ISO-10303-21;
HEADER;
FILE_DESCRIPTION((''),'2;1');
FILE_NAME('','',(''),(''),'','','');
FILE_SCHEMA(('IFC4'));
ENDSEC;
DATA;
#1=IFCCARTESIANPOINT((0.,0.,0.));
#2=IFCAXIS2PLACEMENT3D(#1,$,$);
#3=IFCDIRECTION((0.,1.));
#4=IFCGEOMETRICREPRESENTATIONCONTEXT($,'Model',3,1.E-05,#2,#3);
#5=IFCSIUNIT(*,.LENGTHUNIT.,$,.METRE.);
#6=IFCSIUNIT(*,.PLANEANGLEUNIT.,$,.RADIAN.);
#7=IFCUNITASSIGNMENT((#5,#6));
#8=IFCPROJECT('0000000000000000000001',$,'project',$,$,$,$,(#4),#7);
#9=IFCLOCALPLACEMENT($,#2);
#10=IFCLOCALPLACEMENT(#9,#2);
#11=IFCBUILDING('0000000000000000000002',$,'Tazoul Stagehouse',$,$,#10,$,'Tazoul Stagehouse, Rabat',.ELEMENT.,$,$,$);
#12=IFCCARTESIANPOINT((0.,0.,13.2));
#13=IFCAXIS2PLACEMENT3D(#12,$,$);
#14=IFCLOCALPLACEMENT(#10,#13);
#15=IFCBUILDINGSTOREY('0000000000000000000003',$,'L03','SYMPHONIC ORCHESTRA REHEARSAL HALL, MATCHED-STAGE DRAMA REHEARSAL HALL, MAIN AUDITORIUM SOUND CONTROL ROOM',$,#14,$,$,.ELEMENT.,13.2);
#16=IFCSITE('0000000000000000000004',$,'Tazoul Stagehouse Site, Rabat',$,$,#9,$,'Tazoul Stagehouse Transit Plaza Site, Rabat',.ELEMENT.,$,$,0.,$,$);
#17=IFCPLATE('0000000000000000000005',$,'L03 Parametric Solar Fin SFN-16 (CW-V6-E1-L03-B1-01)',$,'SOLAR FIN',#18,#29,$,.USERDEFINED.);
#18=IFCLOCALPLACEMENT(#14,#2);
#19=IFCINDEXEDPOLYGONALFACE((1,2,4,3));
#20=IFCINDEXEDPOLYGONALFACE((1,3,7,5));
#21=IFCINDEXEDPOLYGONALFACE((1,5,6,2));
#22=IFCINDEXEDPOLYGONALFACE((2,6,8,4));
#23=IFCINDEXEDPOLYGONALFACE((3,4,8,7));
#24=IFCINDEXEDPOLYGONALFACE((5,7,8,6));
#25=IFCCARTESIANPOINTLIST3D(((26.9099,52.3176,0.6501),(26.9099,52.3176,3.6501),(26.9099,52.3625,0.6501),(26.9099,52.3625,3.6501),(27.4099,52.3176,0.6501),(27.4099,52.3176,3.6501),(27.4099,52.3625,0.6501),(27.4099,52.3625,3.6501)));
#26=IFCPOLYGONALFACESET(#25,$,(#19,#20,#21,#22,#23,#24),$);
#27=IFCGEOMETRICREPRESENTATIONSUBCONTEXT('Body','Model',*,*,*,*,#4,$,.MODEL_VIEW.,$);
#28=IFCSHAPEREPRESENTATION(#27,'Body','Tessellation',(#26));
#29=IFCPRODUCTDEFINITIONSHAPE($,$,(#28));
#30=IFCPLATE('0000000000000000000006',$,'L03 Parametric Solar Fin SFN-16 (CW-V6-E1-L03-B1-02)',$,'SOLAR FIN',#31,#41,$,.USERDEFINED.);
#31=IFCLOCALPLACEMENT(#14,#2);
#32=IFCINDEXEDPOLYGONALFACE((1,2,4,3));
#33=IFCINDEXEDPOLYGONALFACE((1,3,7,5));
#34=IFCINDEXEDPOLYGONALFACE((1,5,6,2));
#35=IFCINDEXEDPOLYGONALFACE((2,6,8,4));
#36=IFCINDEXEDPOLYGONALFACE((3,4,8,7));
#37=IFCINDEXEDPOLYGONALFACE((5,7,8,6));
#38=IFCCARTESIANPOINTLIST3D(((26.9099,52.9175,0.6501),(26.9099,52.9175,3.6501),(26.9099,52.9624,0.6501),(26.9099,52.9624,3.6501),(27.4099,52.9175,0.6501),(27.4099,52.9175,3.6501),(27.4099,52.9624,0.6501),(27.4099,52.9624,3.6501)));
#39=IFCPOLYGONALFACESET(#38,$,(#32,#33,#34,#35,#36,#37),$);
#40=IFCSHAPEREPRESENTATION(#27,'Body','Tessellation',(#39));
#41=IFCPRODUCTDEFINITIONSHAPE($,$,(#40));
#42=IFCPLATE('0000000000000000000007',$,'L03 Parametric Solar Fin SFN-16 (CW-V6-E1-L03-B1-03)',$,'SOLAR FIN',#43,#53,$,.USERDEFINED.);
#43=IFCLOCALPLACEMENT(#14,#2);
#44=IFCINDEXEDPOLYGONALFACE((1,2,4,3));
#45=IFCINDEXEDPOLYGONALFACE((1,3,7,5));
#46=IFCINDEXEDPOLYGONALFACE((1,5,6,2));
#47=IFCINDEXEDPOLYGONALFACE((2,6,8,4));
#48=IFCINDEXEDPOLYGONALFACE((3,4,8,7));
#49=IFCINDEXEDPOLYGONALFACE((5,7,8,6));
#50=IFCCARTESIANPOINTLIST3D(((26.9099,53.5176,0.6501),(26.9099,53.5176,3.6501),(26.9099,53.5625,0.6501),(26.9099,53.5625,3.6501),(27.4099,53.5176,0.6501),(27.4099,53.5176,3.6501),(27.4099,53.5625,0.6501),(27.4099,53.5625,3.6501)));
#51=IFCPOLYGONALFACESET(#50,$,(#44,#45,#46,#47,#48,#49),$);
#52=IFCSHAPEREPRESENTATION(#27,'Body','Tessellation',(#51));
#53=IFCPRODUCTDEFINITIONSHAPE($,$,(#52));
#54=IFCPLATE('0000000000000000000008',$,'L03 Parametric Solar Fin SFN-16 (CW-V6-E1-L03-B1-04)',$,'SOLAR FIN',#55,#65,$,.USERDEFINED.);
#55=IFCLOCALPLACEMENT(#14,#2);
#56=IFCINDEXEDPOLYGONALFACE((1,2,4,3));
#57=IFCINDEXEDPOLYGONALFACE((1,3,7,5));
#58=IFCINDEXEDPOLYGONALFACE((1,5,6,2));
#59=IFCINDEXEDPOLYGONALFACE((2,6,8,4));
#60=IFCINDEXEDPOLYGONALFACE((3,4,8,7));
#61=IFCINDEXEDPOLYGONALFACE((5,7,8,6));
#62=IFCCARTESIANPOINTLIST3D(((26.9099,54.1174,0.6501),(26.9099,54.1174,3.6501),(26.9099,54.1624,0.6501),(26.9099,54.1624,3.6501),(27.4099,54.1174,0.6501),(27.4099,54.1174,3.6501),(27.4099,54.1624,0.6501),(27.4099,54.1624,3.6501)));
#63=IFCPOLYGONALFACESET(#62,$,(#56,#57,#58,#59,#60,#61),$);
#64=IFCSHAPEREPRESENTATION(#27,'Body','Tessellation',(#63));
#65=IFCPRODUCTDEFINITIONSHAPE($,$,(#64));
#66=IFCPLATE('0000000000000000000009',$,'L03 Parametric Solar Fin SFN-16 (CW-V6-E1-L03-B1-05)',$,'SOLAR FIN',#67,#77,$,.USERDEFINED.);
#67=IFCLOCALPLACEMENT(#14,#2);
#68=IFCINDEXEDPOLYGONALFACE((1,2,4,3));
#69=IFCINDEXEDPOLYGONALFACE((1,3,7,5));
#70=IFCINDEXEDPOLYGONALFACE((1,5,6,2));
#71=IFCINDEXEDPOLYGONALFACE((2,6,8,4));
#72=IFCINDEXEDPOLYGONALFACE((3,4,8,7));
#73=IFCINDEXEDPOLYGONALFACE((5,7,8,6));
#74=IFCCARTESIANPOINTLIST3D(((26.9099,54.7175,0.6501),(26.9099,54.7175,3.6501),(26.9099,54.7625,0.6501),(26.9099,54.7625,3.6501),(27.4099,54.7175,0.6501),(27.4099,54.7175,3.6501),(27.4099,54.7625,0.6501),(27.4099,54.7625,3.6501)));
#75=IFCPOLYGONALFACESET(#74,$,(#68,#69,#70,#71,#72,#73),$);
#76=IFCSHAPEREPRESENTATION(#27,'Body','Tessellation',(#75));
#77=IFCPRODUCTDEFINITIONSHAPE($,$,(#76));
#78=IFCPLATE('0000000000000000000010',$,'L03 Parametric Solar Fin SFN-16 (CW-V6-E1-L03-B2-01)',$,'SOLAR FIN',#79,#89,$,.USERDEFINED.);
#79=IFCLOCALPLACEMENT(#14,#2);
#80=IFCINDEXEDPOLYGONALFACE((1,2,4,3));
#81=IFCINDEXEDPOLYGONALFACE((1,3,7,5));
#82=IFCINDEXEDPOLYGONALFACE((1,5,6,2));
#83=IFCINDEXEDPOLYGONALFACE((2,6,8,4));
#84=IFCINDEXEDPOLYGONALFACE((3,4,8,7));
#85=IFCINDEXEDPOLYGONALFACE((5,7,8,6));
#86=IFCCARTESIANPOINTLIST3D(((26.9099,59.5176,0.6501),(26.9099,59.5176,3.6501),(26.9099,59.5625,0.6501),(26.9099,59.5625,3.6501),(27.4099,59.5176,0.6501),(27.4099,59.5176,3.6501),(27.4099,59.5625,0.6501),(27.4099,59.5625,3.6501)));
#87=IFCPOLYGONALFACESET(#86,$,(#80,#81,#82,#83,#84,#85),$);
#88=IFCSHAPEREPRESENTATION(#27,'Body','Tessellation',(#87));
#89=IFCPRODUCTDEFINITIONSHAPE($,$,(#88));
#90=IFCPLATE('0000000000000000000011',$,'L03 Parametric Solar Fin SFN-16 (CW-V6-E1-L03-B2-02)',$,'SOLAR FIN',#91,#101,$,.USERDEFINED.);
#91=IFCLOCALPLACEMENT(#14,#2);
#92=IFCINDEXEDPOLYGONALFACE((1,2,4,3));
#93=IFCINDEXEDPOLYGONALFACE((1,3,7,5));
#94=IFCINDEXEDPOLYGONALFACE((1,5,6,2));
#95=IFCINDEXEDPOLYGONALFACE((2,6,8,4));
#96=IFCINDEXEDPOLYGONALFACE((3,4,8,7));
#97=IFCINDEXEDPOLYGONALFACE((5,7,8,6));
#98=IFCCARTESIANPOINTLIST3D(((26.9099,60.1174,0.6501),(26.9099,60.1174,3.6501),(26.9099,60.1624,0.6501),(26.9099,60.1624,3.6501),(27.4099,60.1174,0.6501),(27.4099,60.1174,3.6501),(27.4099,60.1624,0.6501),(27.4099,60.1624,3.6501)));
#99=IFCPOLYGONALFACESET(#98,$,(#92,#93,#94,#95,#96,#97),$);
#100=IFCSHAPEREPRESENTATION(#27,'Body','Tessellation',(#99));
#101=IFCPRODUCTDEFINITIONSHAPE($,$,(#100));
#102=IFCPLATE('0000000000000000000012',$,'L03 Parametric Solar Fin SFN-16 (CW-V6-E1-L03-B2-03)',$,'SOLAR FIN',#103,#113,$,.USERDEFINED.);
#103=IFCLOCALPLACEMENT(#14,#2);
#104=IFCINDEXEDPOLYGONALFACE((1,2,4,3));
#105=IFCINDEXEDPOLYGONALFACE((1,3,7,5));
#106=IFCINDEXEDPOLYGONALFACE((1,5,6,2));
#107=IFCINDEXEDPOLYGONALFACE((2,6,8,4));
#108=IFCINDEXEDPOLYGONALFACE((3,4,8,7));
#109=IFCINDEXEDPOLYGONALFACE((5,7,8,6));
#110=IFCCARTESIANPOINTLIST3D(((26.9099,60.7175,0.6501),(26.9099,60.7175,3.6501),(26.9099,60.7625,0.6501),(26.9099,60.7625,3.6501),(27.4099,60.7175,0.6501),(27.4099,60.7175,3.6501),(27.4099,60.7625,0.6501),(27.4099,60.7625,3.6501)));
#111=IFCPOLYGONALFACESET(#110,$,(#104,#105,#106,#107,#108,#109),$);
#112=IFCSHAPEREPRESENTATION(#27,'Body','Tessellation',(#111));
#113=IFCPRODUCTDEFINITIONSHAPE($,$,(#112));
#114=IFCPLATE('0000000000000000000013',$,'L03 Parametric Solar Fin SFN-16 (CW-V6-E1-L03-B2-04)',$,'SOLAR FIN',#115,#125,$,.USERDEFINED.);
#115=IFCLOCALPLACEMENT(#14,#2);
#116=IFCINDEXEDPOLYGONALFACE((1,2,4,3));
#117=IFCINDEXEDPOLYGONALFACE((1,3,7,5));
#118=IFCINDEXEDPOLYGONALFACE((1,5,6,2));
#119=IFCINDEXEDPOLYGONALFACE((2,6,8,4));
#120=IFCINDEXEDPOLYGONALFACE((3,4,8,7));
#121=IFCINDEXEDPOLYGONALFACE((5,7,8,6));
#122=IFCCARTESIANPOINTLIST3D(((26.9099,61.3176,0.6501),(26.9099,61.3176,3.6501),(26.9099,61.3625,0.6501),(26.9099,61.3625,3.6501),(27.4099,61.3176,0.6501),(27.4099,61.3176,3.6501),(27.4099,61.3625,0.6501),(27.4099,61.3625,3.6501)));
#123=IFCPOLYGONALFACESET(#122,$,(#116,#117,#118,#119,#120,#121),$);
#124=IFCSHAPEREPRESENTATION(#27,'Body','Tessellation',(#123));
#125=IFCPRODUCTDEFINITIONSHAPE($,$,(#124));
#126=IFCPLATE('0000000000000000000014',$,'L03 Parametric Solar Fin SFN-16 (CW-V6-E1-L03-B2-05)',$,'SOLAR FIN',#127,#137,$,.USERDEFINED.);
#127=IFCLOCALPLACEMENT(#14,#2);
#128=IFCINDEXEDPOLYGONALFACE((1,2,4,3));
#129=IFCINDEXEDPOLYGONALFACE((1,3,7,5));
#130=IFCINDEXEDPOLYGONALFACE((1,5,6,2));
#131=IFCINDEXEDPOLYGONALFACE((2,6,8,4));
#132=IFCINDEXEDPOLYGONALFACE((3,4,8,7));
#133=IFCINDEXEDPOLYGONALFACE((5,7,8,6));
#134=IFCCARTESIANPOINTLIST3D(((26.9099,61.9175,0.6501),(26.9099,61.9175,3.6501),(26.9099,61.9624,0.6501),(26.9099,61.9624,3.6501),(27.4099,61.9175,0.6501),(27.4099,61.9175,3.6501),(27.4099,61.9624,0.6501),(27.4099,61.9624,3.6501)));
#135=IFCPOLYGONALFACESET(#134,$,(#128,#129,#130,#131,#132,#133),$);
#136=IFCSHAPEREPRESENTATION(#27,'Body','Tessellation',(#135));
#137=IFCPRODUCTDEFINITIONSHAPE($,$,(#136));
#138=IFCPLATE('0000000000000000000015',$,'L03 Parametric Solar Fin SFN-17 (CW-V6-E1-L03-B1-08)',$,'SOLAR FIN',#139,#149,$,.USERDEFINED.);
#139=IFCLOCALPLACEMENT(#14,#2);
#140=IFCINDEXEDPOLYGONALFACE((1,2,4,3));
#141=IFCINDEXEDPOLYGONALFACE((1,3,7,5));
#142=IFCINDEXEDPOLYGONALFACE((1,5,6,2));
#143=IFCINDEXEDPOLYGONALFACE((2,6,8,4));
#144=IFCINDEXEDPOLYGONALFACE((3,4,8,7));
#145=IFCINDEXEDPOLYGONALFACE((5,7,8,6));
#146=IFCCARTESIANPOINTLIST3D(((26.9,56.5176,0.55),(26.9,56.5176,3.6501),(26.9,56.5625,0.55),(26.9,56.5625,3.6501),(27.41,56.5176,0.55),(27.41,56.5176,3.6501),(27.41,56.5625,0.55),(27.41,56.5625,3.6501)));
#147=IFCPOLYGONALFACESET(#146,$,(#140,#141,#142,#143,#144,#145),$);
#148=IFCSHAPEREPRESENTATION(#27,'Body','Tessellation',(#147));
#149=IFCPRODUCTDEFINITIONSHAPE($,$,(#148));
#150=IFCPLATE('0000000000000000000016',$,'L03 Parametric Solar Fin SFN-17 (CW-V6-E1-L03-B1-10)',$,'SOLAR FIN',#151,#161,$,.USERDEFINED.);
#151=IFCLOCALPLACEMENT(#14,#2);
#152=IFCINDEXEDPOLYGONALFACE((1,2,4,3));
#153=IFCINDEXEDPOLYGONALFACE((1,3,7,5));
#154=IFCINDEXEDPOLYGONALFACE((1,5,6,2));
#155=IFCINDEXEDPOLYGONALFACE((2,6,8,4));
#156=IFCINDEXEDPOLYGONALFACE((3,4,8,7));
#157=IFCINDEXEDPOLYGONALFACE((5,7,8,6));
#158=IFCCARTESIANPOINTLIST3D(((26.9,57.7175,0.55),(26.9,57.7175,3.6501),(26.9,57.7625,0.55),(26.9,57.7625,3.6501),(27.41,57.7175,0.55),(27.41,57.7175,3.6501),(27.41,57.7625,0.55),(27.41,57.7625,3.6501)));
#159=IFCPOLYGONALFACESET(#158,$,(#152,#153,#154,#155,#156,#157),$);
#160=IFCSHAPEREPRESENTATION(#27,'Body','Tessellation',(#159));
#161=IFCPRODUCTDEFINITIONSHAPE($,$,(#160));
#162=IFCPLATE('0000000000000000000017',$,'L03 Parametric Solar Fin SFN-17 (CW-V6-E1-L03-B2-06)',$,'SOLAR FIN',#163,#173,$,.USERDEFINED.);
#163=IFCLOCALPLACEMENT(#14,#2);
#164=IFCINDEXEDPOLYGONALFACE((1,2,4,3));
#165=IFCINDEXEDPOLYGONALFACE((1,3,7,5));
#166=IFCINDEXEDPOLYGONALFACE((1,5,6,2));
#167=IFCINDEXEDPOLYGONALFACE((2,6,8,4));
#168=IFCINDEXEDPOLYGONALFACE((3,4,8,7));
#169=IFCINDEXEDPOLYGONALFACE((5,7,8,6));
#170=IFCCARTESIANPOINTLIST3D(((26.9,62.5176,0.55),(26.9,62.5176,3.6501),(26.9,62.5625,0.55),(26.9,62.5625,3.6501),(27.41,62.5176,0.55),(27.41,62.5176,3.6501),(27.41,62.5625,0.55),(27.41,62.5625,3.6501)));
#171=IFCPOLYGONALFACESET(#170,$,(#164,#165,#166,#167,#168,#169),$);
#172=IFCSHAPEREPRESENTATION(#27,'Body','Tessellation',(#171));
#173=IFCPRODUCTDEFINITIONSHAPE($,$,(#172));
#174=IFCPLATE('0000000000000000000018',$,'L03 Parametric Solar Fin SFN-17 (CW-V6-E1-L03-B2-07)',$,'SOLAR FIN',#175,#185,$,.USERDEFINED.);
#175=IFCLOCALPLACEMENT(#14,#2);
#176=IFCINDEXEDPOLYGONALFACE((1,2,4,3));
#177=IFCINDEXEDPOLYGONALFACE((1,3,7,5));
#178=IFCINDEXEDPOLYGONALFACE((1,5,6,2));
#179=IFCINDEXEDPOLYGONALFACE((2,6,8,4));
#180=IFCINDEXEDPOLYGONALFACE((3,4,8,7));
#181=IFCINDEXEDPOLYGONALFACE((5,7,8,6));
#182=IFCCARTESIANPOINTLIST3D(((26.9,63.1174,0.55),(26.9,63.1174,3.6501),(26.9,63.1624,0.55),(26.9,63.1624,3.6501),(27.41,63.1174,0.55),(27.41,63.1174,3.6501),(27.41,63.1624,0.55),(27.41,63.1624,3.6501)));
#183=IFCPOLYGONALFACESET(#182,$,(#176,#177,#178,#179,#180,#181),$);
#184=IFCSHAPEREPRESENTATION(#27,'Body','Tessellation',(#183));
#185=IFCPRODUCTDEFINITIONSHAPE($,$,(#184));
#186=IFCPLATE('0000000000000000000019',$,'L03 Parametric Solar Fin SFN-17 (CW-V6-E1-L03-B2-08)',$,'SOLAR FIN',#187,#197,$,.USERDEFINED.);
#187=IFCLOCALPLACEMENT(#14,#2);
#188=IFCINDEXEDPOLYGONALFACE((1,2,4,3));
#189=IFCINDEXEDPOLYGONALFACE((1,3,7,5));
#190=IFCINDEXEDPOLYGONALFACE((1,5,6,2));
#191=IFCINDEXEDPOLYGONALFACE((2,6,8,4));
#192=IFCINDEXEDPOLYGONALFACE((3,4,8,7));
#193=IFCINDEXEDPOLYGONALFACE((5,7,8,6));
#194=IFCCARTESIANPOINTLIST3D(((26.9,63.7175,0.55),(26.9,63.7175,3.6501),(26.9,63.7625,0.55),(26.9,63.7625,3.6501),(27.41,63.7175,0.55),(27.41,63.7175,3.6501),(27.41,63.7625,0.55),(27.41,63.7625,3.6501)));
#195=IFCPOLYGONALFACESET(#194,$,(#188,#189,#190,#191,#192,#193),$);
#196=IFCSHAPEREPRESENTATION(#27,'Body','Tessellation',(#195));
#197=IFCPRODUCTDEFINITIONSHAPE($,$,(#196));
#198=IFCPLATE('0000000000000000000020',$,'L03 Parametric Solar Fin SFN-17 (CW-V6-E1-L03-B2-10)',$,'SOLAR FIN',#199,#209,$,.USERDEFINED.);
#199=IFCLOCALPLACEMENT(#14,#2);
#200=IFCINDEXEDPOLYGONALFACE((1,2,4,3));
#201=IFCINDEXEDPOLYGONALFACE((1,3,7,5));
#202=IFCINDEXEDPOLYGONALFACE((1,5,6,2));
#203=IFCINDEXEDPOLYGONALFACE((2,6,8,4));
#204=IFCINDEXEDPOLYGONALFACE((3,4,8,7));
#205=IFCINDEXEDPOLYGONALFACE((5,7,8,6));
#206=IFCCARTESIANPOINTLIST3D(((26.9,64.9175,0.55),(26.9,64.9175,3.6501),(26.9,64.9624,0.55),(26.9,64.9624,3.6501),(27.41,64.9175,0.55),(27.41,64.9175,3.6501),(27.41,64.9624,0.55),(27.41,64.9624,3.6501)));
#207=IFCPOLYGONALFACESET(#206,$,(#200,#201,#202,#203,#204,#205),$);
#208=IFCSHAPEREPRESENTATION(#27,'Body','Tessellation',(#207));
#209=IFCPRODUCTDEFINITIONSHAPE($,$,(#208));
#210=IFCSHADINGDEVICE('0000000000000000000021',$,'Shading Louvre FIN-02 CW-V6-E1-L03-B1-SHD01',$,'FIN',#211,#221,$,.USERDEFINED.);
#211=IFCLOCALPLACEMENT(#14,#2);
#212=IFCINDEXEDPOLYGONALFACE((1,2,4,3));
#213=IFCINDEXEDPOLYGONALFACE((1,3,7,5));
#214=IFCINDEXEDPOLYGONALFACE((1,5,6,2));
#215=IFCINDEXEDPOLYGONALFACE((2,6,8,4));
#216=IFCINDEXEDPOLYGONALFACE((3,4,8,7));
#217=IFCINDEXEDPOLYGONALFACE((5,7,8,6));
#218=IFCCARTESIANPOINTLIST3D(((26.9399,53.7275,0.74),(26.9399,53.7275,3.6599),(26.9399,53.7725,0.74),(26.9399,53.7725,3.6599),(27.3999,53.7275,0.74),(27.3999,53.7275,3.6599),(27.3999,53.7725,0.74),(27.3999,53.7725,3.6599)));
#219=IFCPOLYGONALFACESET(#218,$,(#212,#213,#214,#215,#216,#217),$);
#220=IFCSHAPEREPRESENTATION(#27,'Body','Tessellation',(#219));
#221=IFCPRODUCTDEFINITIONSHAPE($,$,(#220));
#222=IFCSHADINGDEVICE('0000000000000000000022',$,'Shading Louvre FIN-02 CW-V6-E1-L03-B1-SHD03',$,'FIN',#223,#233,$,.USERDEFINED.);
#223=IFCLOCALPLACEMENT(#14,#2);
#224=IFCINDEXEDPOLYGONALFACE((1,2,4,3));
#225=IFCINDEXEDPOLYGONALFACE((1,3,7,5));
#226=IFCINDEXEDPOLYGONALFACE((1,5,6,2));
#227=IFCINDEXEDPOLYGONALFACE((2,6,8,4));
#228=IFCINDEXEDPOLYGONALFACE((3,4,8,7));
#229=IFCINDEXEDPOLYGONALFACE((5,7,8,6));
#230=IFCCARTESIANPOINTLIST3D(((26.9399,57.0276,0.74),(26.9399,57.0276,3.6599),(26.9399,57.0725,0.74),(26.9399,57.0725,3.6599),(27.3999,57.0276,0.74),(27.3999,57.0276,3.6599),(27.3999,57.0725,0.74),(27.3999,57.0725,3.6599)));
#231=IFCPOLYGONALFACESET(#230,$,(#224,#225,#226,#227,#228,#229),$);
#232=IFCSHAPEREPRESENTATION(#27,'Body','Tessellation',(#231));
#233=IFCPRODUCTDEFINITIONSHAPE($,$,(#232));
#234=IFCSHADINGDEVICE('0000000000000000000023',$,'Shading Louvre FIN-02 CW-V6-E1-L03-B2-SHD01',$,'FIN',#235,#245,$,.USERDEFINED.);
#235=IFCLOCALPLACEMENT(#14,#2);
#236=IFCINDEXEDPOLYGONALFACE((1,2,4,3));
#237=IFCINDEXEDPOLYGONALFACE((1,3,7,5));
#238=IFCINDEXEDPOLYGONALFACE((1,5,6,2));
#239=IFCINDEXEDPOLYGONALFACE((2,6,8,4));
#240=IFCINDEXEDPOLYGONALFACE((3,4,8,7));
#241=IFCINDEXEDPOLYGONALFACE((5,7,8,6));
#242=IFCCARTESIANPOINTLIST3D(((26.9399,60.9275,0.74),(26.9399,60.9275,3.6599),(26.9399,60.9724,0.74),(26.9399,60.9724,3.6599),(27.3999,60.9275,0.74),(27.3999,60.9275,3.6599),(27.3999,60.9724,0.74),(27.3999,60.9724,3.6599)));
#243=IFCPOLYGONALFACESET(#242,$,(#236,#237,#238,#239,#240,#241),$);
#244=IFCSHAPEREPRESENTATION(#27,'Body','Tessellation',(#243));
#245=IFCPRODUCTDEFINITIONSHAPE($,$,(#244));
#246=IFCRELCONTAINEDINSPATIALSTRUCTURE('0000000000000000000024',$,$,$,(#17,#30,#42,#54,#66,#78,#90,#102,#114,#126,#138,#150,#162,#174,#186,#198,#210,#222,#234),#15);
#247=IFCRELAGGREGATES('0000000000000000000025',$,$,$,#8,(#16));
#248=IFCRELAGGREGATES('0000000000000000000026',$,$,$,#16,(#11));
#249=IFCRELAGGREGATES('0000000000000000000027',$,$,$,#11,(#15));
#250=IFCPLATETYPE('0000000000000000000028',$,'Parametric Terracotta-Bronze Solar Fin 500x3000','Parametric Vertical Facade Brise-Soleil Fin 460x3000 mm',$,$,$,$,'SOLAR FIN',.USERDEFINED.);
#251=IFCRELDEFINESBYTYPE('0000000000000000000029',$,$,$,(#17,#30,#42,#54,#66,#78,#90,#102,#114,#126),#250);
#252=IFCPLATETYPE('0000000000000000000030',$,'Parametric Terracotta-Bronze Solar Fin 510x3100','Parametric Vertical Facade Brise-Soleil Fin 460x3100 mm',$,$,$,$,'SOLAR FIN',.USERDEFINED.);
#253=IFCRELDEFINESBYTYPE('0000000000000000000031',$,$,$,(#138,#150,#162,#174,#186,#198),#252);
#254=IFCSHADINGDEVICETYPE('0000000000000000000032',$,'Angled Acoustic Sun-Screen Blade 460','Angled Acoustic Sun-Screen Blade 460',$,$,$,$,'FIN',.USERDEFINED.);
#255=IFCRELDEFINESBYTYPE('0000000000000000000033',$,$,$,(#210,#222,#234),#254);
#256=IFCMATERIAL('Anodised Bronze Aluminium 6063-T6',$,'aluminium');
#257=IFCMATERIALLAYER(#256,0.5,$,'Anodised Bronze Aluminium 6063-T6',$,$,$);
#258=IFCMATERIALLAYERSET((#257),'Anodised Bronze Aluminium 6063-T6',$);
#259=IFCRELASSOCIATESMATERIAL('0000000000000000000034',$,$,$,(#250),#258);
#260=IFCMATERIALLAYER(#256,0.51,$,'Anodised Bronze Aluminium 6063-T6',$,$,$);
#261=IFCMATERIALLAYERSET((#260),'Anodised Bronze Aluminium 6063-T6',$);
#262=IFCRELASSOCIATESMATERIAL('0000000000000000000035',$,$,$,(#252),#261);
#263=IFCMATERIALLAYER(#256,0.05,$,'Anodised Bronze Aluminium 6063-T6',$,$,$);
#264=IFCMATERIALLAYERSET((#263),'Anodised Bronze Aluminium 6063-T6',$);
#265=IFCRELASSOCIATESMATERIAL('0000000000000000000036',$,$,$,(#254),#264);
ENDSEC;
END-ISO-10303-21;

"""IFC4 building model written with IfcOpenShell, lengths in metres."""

from ifc_helpers import new_model, si_unit, direction, frame, origin, origin_2d, place, context, subcontext, project, spatial, rectangle, extrude, material, layer, layer_set, type_object, element, save


model = new_model("IFC4")

# Units and contexts
model_context = context("Model", 3, precision=1e-05, world=origin(), true_north=direction((0.0, 1.0)))
body_context = subcontext(model_context, "Body", "Model", "MODEL_VIEW")
ifc_project = project(units=[si_unit("LENGTHUNIT", "METRE"), si_unit("PLANEANGLEUNIT", "RADIAN")], contexts=[model_context])

# Site, building, storey
site_placement = place(None, origin())
site = spatial("IfcSite", under=ifc_project, at=site_placement, Name="Tazoul Stagehouse Site, Rabat", LongName="Tazoul Stagehouse Transit Plaza Site, Rabat", CompositionType="ELEMENT", RefElevation=0.0)
building_placement = place(site_placement, origin())
building = spatial("IfcBuilding", under=site, at=building_placement, Name="Tazoul Stagehouse", LongName="Tazoul Stagehouse, Rabat", CompositionType="ELEMENT")
storey_placement = place(building_placement, frame((0.0, 0.0, 13.2)))
storey = spatial("IfcBuildingStorey", under=building, at=storey_placement, Name="L03", Description="SYMPHONIC ORCHESTRA REHEARSAL HALL, MATCHED-STAGE DRAMA REHEARSAL HALL, MAIN AUDITORIUM SOUND CONTROL ROOM", CompositionType="ELEMENT", Elevation=13.2)

# Plates
ifc_material_1 = material(Name="Anodised Bronze Aluminium 6063-T6", Category="aluminium")
ifc_layer_1 = layer(ifc_material_1, 0.5, Name="Anodised Bronze Aluminium 6063-T6")
ifc_layer_set_1 = layer_set([ifc_layer_1], Name="Anodised Bronze Aluminium 6063-T6")
plate_type_1 = type_object("IfcPlateType", Name="Parametric Terracotta-Bronze Solar Fin 500x3000", Description="Parametric Vertical Facade Brise-Soleil Fin 460x3000 mm", ElementType="SOLAR FIN", PredefinedType="USERDEFINED", material=ifc_layer_set_1)
for number, where, z_axis, x_axis, name in (
    (1, (27.1599, 52.3401, 0.6501), (0.0, 0.0, 1.0), (0.0, 1.0, 0.0), "L03 Parametric Solar Fin SFN-16 (CW-V6-E1-L03-B1-01)"),
    (2, (27.1599, 52.9399, 0.6501), (0.0, 0.0, 1.0), (0.0, 1.0, 0.0), "L03 Parametric Solar Fin SFN-16 (CW-V6-E1-L03-B1-02)"),
    (3, (27.1599, 53.54, 0.6501), (0.0, 0.0, 1.0), (0.0, 1.0, 0.0), "L03 Parametric Solar Fin SFN-16 (CW-V6-E1-L03-B1-03)"),
    (4, (27.1599, 54.1399, 0.6501), (0.0, 0.0, 1.0), (0.0, 1.0, 0.0), "L03 Parametric Solar Fin SFN-16 (CW-V6-E1-L03-B1-04)"),
    (5, (27.1599, 54.74, 0.6501), (0.0, 0.0, 1.0), (0.0, 1.0, 0.0), "L03 Parametric Solar Fin SFN-16 (CW-V6-E1-L03-B1-05)"),
    (6, (27.1599, 59.54, 0.6501), (0.0, 0.0, 1.0), (0.0, 1.0, 0.0), "L03 Parametric Solar Fin SFN-16 (CW-V6-E1-L03-B2-01)"),
    (7, (27.1599, 60.1399, 0.6501), (0.0, 0.0, 1.0), (0.0, 1.0, 0.0), "L03 Parametric Solar Fin SFN-16 (CW-V6-E1-L03-B2-02)"),
    (8, (27.1599, 60.74, 0.6501), (0.0, 0.0, 1.0), (0.0, 1.0, 0.0), "L03 Parametric Solar Fin SFN-16 (CW-V6-E1-L03-B2-03)"),
    (9, (27.1599, 61.3401, 0.6501), (0.0, 0.0, 1.0), (0.0, 1.0, 0.0), "L03 Parametric Solar Fin SFN-16 (CW-V6-E1-L03-B2-04)"),
    (10, (27.1599, 61.9399, 0.6501), (0.0, 0.0, 1.0), (0.0, 1.0, 0.0), "L03 Parametric Solar Fin SFN-16 (CW-V6-E1-L03-B2-05)"),
):
    element("IfcPlate", number, at=place(storey_placement, frame(where, z_axis=z_axis, x_axis=x_axis)), inside=storey, type_object=plate_type_1, Name=name, ObjectType="SOLAR FIN", PredefinedType="USERDEFINED", context=body_context, shape_type="SweptSolid", body=[
        extrude(rectangle(XDim=0.0449, YDim=0.5, at=origin_2d()), origin(), (0.0, 0.0, 1.0), 3.0),
    ])
ifc_layer_2 = layer(ifc_material_1, 0.51, Name="Anodised Bronze Aluminium 6063-T6")
ifc_layer_set_2 = layer_set([ifc_layer_2], Name="Anodised Bronze Aluminium 6063-T6")
plate_type_2 = type_object("IfcPlateType", Name="Parametric Terracotta-Bronze Solar Fin 510x3100", Description="Parametric Vertical Facade Brise-Soleil Fin 460x3100 mm", ElementType="SOLAR FIN", PredefinedType="USERDEFINED", material=ifc_layer_set_2)
for number, where, z_axis, x_axis, name in (
    (11, (27.155, 56.54, 0.55), (0.0, 0.0, 1.0), (0.0, 1.0, 0.0), "L03 Parametric Solar Fin SFN-17 (CW-V6-E1-L03-B1-08)"),
    (12, (27.155, 57.74, 0.55), (0.0, 0.0, 1.0), (0.0, 1.0, 0.0), "L03 Parametric Solar Fin SFN-17 (CW-V6-E1-L03-B1-10)"),
    (13, (27.155, 62.54, 0.55), (0.0, 0.0, 1.0), (0.0, 1.0, 0.0), "L03 Parametric Solar Fin SFN-17 (CW-V6-E1-L03-B2-06)"),
    (14, (27.155, 63.1399, 0.55), (0.0, 0.0, 1.0), (0.0, 1.0, 0.0), "L03 Parametric Solar Fin SFN-17 (CW-V6-E1-L03-B2-07)"),
    (15, (27.155, 63.74, 0.55), (0.0, 0.0, 1.0), (0.0, 1.0, 0.0), "L03 Parametric Solar Fin SFN-17 (CW-V6-E1-L03-B2-08)"),
    (16, (27.155, 64.9399, 0.55), (0.0, 0.0, 1.0), (0.0, 1.0, 0.0), "L03 Parametric Solar Fin SFN-17 (CW-V6-E1-L03-B2-10)"),
):
    element("IfcPlate", number, at=place(storey_placement, frame(where, z_axis=z_axis, x_axis=x_axis)), inside=storey, type_object=plate_type_2, Name=name, ObjectType="SOLAR FIN", PredefinedType="USERDEFINED", context=body_context, shape_type="SweptSolid", body=[
        extrude(rectangle(XDim=0.0449, YDim=0.51, at=origin_2d()), origin(), (0.0, 0.0, 1.0), 3.1001),
    ])

# Shading devices
ifc_layer_3 = layer(ifc_material_1, 0.05, Name="Anodised Bronze Aluminium 6063-T6")
ifc_layer_set_3 = layer_set([ifc_layer_3], Name="Anodised Bronze Aluminium 6063-T6")
shading_device_type_1 = type_object("IfcShadingDeviceType", Name="Angled Acoustic Sun-Screen Blade 460", Description="Angled Acoustic Sun-Screen Blade 460", ElementType="FIN", PredefinedType="USERDEFINED", material=ifc_layer_set_3)
for number, where, z_axis, x_axis, name in (
    (17, (27.1699, 53.75, 0.74), (0.0, 0.0, 1.0), (0.0, 1.0, 0.0), "Shading Louvre FIN-02 CW-V6-E1-L03-B1-SHD01"),
    (18, (27.1699, 57.05, 0.74), (0.0, 0.0, 1.0), (0.0, 1.0, 0.0), "Shading Louvre FIN-02 CW-V6-E1-L03-B1-SHD03"),
    (19, (27.1699, 60.95, 0.74), (0.0, 0.0, 1.0), (0.0, 1.0, 0.0), "Shading Louvre FIN-02 CW-V6-E1-L03-B2-SHD01"),
):
    element("IfcShadingDevice", number, at=place(storey_placement, frame(where, z_axis=z_axis, x_axis=x_axis)), inside=storey, type_object=shading_device_type_1, Name=name, ObjectType="FIN", PredefinedType="USERDEFINED", context=body_context, shape_type="SweptSolid", body=[
        extrude(rectangle(XDim=0.0449, YDim=0.46, at=origin_2d()), origin(), (0.0, 0.0, 1.0), 2.9199),
    ])

save(model, "model.ifc")
